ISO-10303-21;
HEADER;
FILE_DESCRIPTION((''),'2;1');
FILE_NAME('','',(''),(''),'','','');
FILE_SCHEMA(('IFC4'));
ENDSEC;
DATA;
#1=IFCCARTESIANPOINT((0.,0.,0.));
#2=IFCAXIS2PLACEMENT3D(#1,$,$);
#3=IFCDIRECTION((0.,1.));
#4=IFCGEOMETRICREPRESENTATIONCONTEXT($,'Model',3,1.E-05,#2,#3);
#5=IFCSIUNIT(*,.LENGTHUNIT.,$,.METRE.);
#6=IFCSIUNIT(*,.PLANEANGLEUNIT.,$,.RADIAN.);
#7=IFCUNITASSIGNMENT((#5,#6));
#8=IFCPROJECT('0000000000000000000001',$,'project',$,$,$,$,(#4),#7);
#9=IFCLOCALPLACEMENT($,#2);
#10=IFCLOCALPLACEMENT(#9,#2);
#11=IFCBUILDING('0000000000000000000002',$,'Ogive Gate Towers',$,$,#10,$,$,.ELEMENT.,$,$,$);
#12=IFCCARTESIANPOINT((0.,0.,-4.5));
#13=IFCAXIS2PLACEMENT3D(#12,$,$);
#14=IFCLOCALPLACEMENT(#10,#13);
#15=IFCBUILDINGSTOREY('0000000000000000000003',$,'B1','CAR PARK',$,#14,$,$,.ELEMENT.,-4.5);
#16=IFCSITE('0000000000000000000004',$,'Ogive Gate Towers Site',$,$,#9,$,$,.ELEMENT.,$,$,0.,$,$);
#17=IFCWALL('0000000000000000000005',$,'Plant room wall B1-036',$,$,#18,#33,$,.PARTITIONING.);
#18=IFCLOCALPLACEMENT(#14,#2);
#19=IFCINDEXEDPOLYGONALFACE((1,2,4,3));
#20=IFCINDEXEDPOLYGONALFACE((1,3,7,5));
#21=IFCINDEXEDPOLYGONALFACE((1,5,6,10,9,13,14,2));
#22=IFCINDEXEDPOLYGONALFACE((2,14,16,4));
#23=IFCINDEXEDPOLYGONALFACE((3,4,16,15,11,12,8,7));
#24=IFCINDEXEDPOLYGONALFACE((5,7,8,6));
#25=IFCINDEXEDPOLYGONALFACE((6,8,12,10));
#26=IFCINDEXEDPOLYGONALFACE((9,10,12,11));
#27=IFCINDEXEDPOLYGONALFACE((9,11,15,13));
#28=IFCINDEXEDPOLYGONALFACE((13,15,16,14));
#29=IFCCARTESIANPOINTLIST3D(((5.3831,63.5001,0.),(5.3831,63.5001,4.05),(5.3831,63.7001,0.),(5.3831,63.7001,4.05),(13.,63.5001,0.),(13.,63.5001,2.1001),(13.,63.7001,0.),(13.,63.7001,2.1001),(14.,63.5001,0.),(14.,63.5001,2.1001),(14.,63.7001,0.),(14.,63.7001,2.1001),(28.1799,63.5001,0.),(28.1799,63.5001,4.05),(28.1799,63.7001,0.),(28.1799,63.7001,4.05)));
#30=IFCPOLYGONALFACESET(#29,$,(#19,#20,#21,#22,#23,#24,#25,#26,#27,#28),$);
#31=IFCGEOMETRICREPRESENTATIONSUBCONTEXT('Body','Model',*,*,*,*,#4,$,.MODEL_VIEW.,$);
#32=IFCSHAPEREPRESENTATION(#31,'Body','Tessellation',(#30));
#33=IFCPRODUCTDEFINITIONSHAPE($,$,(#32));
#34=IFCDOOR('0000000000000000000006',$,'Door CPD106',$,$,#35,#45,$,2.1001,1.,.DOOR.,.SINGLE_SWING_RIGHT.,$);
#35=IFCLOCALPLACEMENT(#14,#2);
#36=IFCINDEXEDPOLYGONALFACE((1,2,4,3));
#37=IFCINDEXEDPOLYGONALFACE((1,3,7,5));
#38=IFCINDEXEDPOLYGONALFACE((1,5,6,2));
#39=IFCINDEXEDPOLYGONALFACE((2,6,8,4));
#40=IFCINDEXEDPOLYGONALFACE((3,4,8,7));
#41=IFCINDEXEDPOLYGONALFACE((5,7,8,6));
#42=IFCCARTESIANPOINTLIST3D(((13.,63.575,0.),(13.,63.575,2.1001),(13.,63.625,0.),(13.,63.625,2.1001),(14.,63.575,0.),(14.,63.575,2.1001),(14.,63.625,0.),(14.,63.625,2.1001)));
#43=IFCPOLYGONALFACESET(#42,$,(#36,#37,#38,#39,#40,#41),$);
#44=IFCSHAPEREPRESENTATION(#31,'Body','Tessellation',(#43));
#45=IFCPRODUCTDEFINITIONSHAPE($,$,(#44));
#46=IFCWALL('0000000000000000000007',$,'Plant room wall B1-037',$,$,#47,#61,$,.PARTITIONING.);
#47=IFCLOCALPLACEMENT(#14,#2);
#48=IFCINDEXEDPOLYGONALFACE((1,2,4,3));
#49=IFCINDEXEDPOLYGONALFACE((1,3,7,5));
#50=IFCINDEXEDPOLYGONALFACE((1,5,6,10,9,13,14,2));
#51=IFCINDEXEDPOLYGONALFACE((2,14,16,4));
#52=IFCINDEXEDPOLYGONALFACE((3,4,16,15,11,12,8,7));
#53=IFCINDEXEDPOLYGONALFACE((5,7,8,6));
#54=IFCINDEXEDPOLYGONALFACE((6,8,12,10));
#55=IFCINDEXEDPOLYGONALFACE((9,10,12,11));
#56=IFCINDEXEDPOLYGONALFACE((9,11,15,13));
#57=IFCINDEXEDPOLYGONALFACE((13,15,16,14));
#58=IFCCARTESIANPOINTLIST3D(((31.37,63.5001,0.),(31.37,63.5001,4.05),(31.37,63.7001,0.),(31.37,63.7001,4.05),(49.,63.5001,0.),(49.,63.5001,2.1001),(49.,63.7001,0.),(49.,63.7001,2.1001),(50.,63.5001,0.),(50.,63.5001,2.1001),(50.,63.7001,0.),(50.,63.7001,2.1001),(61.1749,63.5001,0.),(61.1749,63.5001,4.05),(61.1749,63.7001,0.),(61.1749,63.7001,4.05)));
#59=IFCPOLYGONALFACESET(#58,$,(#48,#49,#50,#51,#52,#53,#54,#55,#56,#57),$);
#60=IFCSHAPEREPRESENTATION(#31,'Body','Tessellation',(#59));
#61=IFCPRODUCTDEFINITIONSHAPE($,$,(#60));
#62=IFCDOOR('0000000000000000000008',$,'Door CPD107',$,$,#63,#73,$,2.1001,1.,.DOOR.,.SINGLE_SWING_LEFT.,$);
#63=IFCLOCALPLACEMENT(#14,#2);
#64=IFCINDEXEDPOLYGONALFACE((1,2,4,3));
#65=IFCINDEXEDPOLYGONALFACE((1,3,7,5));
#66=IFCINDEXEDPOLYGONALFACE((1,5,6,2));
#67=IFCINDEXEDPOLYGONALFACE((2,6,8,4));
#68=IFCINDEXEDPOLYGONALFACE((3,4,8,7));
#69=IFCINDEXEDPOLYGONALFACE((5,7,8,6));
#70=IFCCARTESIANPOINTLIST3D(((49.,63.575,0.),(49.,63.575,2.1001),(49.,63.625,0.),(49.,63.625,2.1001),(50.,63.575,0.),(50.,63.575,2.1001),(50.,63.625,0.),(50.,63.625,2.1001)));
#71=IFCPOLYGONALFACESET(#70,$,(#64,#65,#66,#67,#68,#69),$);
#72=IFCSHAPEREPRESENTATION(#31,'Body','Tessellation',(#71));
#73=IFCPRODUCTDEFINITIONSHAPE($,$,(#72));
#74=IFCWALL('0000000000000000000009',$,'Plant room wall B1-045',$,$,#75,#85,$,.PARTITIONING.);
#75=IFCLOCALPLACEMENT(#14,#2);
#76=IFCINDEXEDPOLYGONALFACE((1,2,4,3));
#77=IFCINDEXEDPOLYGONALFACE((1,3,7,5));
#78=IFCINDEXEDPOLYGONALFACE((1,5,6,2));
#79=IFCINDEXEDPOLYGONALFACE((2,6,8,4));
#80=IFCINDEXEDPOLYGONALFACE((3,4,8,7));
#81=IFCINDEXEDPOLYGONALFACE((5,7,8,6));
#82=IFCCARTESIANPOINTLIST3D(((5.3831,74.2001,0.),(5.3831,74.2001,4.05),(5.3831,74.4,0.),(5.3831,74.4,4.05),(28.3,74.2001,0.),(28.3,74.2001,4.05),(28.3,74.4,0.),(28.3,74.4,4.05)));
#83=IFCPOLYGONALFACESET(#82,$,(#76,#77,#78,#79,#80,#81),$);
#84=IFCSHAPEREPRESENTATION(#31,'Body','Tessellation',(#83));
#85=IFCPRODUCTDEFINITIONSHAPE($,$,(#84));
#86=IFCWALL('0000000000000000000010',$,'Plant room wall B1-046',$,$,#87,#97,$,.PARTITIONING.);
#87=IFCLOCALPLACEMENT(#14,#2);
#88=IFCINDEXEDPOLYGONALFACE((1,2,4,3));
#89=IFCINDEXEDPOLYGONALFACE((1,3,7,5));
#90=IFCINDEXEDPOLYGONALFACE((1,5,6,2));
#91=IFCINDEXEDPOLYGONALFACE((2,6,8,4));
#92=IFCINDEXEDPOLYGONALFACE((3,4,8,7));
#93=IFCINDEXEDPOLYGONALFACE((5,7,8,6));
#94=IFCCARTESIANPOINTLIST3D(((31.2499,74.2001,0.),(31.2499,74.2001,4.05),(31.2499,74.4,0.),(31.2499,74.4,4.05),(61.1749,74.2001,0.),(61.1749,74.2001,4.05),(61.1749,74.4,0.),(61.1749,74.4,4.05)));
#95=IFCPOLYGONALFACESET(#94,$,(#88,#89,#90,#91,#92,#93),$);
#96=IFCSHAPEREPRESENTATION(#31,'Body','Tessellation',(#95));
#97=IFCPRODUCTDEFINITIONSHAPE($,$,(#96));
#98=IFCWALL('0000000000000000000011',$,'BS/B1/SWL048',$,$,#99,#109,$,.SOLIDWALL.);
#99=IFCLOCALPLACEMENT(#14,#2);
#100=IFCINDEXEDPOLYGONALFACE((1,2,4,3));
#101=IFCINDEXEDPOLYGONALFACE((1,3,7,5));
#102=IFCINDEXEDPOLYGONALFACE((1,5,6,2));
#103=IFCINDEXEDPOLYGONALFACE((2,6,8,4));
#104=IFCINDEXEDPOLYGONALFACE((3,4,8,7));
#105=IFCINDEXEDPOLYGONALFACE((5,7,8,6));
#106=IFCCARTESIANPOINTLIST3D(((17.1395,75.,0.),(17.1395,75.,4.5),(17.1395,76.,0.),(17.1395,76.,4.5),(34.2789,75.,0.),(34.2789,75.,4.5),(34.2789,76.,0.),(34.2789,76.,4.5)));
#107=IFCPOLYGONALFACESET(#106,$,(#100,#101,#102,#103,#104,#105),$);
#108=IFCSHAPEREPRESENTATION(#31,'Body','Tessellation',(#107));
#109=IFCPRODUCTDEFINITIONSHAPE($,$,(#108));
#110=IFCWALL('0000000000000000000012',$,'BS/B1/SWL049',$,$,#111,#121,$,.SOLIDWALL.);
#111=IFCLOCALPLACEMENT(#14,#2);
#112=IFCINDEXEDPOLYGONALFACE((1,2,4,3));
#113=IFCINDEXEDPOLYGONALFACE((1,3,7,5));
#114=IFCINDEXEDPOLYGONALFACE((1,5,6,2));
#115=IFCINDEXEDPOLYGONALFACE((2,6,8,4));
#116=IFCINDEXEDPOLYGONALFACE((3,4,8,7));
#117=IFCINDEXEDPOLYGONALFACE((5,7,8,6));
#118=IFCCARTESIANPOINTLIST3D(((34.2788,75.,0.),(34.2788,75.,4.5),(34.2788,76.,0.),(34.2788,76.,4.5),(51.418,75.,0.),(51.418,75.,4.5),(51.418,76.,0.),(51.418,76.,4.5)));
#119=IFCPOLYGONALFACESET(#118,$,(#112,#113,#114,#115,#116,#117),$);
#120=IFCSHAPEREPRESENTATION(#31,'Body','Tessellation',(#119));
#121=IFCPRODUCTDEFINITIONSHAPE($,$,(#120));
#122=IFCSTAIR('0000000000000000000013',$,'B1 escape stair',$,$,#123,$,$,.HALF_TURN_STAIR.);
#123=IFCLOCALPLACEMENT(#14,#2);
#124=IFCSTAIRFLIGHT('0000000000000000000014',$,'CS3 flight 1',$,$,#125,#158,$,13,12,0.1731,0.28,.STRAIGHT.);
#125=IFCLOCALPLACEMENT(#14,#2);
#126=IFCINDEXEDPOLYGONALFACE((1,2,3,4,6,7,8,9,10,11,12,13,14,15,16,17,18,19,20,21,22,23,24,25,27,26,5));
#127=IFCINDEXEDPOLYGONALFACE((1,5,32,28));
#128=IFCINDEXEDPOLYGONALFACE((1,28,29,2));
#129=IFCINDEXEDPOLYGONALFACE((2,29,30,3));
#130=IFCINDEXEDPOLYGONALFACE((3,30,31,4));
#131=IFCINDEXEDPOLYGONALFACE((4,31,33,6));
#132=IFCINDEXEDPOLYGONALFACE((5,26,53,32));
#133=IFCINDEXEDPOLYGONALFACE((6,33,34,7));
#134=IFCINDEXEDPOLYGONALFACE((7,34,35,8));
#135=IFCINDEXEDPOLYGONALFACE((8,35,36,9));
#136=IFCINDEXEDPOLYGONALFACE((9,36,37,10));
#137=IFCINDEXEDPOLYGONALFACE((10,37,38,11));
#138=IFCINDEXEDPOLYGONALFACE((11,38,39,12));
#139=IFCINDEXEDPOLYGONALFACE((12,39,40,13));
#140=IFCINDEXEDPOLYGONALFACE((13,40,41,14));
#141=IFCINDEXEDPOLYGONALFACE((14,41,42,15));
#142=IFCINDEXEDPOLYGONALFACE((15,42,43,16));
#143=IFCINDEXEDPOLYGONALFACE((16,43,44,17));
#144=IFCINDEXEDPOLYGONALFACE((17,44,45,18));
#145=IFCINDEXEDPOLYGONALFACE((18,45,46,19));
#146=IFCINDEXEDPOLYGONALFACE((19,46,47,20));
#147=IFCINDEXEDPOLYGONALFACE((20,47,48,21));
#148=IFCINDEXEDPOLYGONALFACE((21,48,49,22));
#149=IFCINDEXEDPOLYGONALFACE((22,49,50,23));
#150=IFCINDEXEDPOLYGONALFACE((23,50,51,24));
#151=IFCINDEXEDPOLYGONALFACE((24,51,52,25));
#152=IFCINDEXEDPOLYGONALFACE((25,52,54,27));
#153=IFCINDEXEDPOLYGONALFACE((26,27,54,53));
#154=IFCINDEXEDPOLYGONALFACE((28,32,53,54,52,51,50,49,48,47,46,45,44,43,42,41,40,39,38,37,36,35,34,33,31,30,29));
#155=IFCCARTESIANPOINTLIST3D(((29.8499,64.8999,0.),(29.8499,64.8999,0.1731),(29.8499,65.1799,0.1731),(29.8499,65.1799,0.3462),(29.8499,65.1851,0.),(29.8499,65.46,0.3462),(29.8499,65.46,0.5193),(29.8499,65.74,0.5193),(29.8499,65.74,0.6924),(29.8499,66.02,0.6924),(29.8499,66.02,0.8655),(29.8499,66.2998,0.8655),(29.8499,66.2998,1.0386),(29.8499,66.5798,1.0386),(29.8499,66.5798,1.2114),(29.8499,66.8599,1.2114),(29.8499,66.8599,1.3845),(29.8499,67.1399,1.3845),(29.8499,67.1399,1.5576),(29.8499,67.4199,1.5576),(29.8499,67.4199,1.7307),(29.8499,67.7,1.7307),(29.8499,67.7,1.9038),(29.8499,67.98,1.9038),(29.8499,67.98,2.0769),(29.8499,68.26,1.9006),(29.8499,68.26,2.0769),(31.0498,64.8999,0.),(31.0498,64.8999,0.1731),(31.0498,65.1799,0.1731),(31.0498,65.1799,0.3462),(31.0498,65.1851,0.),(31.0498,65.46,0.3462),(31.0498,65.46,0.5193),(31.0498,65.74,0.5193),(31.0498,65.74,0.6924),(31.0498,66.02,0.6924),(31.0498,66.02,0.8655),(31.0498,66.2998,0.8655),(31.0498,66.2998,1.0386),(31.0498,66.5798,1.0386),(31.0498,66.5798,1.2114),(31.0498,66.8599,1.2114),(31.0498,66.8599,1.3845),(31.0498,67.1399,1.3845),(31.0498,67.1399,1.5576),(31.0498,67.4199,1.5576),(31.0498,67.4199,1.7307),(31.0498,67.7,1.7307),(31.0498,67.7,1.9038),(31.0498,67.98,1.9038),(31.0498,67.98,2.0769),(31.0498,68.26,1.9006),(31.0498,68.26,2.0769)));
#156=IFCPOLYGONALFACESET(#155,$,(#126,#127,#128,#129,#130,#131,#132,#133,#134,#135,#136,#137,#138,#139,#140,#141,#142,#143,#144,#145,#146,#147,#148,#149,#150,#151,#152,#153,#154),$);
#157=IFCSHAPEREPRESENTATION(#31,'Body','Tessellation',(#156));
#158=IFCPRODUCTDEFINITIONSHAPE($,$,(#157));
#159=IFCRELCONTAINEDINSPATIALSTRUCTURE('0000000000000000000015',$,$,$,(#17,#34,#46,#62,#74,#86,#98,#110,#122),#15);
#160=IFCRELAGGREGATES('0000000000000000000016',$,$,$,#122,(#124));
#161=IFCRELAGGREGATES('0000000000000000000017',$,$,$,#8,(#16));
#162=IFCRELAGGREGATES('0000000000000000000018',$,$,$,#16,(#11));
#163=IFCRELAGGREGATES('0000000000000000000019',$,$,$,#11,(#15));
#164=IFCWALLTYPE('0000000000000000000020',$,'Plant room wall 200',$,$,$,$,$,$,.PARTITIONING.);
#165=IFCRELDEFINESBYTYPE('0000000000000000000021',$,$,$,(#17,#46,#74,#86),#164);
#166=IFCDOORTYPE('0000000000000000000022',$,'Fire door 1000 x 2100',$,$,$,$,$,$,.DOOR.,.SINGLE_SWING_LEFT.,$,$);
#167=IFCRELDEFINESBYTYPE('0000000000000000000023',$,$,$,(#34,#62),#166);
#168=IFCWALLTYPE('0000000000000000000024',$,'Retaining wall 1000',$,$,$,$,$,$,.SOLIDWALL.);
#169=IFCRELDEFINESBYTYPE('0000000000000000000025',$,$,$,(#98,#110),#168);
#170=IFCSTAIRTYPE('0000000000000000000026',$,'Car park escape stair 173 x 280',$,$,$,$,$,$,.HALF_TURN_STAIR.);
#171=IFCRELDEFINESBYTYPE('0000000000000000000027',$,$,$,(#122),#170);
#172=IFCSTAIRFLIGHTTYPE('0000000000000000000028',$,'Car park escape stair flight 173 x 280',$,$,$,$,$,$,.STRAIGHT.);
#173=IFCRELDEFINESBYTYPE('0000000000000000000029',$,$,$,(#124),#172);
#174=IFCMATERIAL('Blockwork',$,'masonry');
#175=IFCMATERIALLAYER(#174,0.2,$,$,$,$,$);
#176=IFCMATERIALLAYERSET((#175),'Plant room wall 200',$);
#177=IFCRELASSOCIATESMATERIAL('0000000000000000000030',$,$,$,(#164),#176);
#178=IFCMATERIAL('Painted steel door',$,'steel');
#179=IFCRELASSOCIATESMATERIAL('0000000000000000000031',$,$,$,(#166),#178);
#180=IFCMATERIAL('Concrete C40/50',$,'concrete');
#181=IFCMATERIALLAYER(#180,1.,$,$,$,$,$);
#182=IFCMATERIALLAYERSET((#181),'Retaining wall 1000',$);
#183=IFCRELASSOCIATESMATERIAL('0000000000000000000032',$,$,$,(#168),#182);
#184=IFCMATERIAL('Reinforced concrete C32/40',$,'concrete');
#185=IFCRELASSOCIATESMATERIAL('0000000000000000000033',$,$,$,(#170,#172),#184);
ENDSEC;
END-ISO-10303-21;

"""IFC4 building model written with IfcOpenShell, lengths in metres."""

from ifc_helpers import new_model, si_unit, direction, frame, frame_2d, origin, place, context, subcontext, project, spatial, polyline, rectangle, outline, extrude, material, layer, layer_set, type_object, element, fill, aggregate, save


model = new_model("IFC4")

# Units and contexts
model_context = context("Model", 3, precision=1e-05, world=origin(), true_north=direction((0.0, 1.0)))
body_context = subcontext(model_context, "Body", "Model", "MODEL_VIEW")
ifc_project = project(units=[si_unit("LENGTHUNIT", "METRE"), si_unit("PLANEANGLEUNIT", "RADIAN")], contexts=[model_context])

# Site, building, storey
site_placement = place(None, origin())
site = spatial("IfcSite", under=ifc_project, at=site_placement, Name="Ogive Gate Towers Site", CompositionType="ELEMENT", RefElevation=0.0)
building_placement = place(site_placement, origin())
building = spatial("IfcBuilding", under=site, at=building_placement, Name="Ogive Gate Towers", CompositionType="ELEMENT")
storey_placement = place(building_placement, frame((0.0, 0.0, -4.5)))
storey = spatial("IfcBuildingStorey", under=building, at=storey_placement, Name="B1", Description="CAR PARK", CompositionType="ELEMENT", Elevation=-4.5)

# Shared definitions
ifc_material_1 = material(Name="Concrete C40/50", Category="concrete")

# Shared definitions
ifc_material_2 = material(Name="Reinforced concrete C32/40", Category="concrete")
ifc_material_3 = material(Name="Painted steel door", Category="steel")

# Shared definitions
ifc_material_4 = material(Name="Blockwork", Category="masonry")
ifc_layer_1 = layer(ifc_material_4, 0.2)
ifc_layer_set_1 = layer_set([ifc_layer_1], Name="Plant room wall 200")
wall_type_1 = type_object("IfcWallType", Name="Plant room wall 200", PredefinedType="PARTITIONING", material=ifc_layer_set_1)

# Walls, openings, doors
wall_1_placement = place(storey_placement, frame((5.3831, 63.6001, 0.0), z_axis=(0.0, 0.0, 1.0), x_axis=(1.0, 0.0, 0.0)))
wall_1 = element("IfcWall", 1, at=wall_1_placement, inside=storey, type_object=wall_type_1, Name="Plant room wall B1-036", PredefinedType="PARTITIONING", context=body_context, shape_type="SweptSolid", body=[
    extrude(rectangle(XDim=22.7969, YDim=0.2, at=frame_2d((11.3984, 0.0))), origin(), (0.0, 0.0, 1.0), 4.05),
])
opening_1_placement = place(wall_1_placement, frame((7.6169, 0.0, 0.0)))
opening_1 = element("IfcOpeningElement", 2, at=opening_1_placement, cuts=wall_1, PredefinedType="OPENING", context=body_context, shape_type="SweptSolid", body=[
    extrude(rectangle(XDim=1.0, YDim=2.1001, at=frame_2d((0.5, 1.05))), frame((0.0, 0.1099, 0.0), z_axis=(0.0, -1.0, 0.0), x_axis=(1.0, 0.0, 0.0)), (0.0, 0.0, 1.0), 0.22),
])
door_type_1 = type_object("IfcDoorType", Name="Fire door 1000 x 2100", OperationType="SINGLE_SWING_LEFT", PredefinedType="DOOR", material=ifc_material_3)
door_1_placement = place(opening_1_placement, origin())
door_1 = element("IfcDoor", 3, at=door_1_placement, inside=storey, type_object=door_type_1, Name="Door CPD106", OperationType="SINGLE_SWING_RIGHT", OverallHeight=2.1001, OverallWidth=1.0, PredefinedType="DOOR", context=body_context, shape_type="SweptSolid", body=[
    extrude(rectangle(XDim=1.0, YDim=2.1001, at=frame_2d((0.5, 1.05))), frame((0.0, 0.0249, 0.0), z_axis=(0.0, -1.0, 0.0), x_axis=(1.0, 0.0, 0.0)), (0.0, 0.0, 1.0), 0.05),
])
fill(opening_1, door_1)
wall_2_placement = place(storey_placement, frame((31.3701, 63.6001, 0.0), z_axis=(0.0, 0.0, 1.0), x_axis=(1.0, 0.0, 0.0)))
wall_2 = element("IfcWall", 4, at=wall_2_placement, inside=storey, type_object=wall_type_1, Name="Plant room wall B1-037", PredefinedType="PARTITIONING", context=body_context, shape_type="SweptSolid", body=[
    extrude(rectangle(XDim=29.8049, YDim=0.2, at=frame_2d((14.9023, 0.0))), origin(), (0.0, 0.0, 1.0), 4.05),
])
opening_2_placement = place(wall_2_placement, frame((17.6299, 0.0, 0.0)))
opening_2 = element("IfcOpeningElement", 5, at=opening_2_placement, cuts=wall_2, PredefinedType="OPENING", context=body_context, shape_type="SweptSolid", body=[
    extrude(rectangle(XDim=1.0, YDim=2.1001, at=frame_2d((0.5, 1.05))), frame((0.0, 0.1099, 0.0), z_axis=(0.0, -1.0, 0.0), x_axis=(1.0, 0.0, 0.0)), (0.0, 0.0, 1.0), 0.22),
])
door_2_placement = place(opening_2_placement, origin())
door_2 = element("IfcDoor", 6, at=door_2_placement, inside=storey, type_object=door_type_1, Name="Door CPD107", OperationType="SINGLE_SWING_LEFT", OverallHeight=2.1001, OverallWidth=1.0, PredefinedType="DOOR", context=body_context, shape_type="SweptSolid", body=[
    extrude(rectangle(XDim=1.0, YDim=2.1001, at=frame_2d((0.5, 1.05))), frame((0.0, 0.0249, 0.0), z_axis=(0.0, -1.0, 0.0), x_axis=(1.0, 0.0, 0.0)), (0.0, 0.0, 1.0), 0.05),
])
fill(opening_2, door_2)

# Walls
wall_3_placement = place(storey_placement, frame((5.3831, 74.3, 0.0), z_axis=(0.0, 0.0, 1.0), x_axis=(1.0, 0.0, 0.0)))
element("IfcWall", 7, at=wall_3_placement, inside=storey, type_object=wall_type_1, Name="Plant room wall B1-045", PredefinedType="PARTITIONING", context=body_context, shape_type="SweptSolid", body=[
    extrude(rectangle(XDim=22.917, YDim=0.2, at=frame_2d((11.4585, 0.0))), origin(), (0.0, 0.0, 1.0), 4.05),
])
wall_4_placement = place(storey_placement, frame((31.25, 74.3, 0.0), z_axis=(0.0, 0.0, 1.0), x_axis=(1.0, 0.0, 0.0)))
element("IfcWall", 8, at=wall_4_placement, inside=storey, type_object=wall_type_1, Name="Plant room wall B1-046", PredefinedType="PARTITIONING", context=body_context, shape_type="SweptSolid", body=[
    extrude(rectangle(XDim=29.925, YDim=0.2, at=frame_2d((14.9624, 0.0))), origin(), (0.0, 0.0, 1.0), 4.05),
])
ifc_layer_2 = layer(ifc_material_1, 1.0)
ifc_layer_set_2 = layer_set([ifc_layer_2], Name="Retaining wall 1000")
wall_type_2 = type_object("IfcWallType", Name="Retaining wall 1000", PredefinedType="SOLIDWALL", material=ifc_layer_set_2)
wall_5_placement = place(storey_placement, frame((17.1394, 75.5, 0.0), z_axis=(0.0, 0.0, 1.0), x_axis=(1.0, 0.0, 0.0)))
element("IfcWall", 9, at=wall_5_placement, inside=storey, type_object=wall_type_2, Name="BS/B1/SWL048", PredefinedType="SOLIDWALL", context=body_context, shape_type="SweptSolid", body=[
    extrude(rectangle(XDim=17.1394, YDim=1.0, at=frame_2d((8.5698, 0.0))), origin(), (0.0, 0.0, 1.0), 4.5),
])
wall_6_placement = place(storey_placement, frame((34.2788, 75.5, 0.0), z_axis=(0.0, 0.0, 1.0), x_axis=(1.0, 0.0, 0.0)))
element("IfcWall", 10, at=wall_6_placement, inside=storey, type_object=wall_type_2, Name="BS/B1/SWL049", PredefinedType="SOLIDWALL", context=body_context, shape_type="SweptSolid", body=[
    extrude(rectangle(XDim=17.1392, YDim=1.0, at=frame_2d((8.5696, 0.0))), origin(), (0.0, 0.0, 1.0), 4.5),
])

# Stair, stair flight
stair_type = type_object("IfcStairType", Name="Car park escape stair 173 x 280", PredefinedType="HALF_TURN_STAIR", material=ifc_material_2)
stair_placement = place(storey_placement, origin())
stair = element("IfcStair", 11, at=stair_placement, inside=storey, type_object=stair_type, Name="B1 escape stair", PredefinedType="HALF_TURN_STAIR")
stair_flight_type = type_object("IfcStairFlightType", Name="Car park escape stair flight 173 x 280", PredefinedType="STRAIGHT", material=ifc_material_2)
stair_flight_1_placement = place(storey_placement, frame((30.45, 64.8999, 0.0), z_axis=(0.0, 0.0, 1.0), x_axis=(0.0, 1.0, 0.0)))
stair_flight_1 = element("IfcStairFlight", 12, at=stair_flight_1_placement, type_object=stair_flight_type, Name="CS3 flight 1", NumberOfRisers=13, NumberOfTreads=12, PredefinedType="STRAIGHT", RiserHeight=0.1731, TreadLength=0.28, context=body_context, shape_type="SweptSolid", body=[
    extrude(outline(polyline([(0.0, 0.0), (0.0, 0.1731), (0.28, 0.1731), (0.28, 0.3462), (0.5601, 0.3462), (0.5601, 0.5193), (0.8401, 0.5193), (0.8401, 0.6924), (1.1201, 0.6924), (1.1201, 0.8655), (1.3999, 0.8655), (1.3999, 1.0386), (1.6799, 1.0386), (1.6799, 1.2114), (1.96, 1.2114), (1.96, 1.3845), (2.24, 1.3845), (2.24, 1.5576), (2.52, 1.5576), (2.52, 1.7307), (2.8, 1.7307), (2.8, 1.9038), (3.0801, 1.9038), (3.0801, 2.0769), (3.3601, 2.0769), (3.3601, 2.25), (3.3601, 1.9006), (0.2852, 0.0), (0.0, 0.0)])), frame((0.0, 0.6001, 0.0), z_axis=(0.0, -1.0, 0.0), x_axis=(1.0, 0.0, 0.0)), (0.0, 0.0, 1.0), 1.2),
])
aggregate(stair, [stair_flight_1])

save(model, "model.ifc")
